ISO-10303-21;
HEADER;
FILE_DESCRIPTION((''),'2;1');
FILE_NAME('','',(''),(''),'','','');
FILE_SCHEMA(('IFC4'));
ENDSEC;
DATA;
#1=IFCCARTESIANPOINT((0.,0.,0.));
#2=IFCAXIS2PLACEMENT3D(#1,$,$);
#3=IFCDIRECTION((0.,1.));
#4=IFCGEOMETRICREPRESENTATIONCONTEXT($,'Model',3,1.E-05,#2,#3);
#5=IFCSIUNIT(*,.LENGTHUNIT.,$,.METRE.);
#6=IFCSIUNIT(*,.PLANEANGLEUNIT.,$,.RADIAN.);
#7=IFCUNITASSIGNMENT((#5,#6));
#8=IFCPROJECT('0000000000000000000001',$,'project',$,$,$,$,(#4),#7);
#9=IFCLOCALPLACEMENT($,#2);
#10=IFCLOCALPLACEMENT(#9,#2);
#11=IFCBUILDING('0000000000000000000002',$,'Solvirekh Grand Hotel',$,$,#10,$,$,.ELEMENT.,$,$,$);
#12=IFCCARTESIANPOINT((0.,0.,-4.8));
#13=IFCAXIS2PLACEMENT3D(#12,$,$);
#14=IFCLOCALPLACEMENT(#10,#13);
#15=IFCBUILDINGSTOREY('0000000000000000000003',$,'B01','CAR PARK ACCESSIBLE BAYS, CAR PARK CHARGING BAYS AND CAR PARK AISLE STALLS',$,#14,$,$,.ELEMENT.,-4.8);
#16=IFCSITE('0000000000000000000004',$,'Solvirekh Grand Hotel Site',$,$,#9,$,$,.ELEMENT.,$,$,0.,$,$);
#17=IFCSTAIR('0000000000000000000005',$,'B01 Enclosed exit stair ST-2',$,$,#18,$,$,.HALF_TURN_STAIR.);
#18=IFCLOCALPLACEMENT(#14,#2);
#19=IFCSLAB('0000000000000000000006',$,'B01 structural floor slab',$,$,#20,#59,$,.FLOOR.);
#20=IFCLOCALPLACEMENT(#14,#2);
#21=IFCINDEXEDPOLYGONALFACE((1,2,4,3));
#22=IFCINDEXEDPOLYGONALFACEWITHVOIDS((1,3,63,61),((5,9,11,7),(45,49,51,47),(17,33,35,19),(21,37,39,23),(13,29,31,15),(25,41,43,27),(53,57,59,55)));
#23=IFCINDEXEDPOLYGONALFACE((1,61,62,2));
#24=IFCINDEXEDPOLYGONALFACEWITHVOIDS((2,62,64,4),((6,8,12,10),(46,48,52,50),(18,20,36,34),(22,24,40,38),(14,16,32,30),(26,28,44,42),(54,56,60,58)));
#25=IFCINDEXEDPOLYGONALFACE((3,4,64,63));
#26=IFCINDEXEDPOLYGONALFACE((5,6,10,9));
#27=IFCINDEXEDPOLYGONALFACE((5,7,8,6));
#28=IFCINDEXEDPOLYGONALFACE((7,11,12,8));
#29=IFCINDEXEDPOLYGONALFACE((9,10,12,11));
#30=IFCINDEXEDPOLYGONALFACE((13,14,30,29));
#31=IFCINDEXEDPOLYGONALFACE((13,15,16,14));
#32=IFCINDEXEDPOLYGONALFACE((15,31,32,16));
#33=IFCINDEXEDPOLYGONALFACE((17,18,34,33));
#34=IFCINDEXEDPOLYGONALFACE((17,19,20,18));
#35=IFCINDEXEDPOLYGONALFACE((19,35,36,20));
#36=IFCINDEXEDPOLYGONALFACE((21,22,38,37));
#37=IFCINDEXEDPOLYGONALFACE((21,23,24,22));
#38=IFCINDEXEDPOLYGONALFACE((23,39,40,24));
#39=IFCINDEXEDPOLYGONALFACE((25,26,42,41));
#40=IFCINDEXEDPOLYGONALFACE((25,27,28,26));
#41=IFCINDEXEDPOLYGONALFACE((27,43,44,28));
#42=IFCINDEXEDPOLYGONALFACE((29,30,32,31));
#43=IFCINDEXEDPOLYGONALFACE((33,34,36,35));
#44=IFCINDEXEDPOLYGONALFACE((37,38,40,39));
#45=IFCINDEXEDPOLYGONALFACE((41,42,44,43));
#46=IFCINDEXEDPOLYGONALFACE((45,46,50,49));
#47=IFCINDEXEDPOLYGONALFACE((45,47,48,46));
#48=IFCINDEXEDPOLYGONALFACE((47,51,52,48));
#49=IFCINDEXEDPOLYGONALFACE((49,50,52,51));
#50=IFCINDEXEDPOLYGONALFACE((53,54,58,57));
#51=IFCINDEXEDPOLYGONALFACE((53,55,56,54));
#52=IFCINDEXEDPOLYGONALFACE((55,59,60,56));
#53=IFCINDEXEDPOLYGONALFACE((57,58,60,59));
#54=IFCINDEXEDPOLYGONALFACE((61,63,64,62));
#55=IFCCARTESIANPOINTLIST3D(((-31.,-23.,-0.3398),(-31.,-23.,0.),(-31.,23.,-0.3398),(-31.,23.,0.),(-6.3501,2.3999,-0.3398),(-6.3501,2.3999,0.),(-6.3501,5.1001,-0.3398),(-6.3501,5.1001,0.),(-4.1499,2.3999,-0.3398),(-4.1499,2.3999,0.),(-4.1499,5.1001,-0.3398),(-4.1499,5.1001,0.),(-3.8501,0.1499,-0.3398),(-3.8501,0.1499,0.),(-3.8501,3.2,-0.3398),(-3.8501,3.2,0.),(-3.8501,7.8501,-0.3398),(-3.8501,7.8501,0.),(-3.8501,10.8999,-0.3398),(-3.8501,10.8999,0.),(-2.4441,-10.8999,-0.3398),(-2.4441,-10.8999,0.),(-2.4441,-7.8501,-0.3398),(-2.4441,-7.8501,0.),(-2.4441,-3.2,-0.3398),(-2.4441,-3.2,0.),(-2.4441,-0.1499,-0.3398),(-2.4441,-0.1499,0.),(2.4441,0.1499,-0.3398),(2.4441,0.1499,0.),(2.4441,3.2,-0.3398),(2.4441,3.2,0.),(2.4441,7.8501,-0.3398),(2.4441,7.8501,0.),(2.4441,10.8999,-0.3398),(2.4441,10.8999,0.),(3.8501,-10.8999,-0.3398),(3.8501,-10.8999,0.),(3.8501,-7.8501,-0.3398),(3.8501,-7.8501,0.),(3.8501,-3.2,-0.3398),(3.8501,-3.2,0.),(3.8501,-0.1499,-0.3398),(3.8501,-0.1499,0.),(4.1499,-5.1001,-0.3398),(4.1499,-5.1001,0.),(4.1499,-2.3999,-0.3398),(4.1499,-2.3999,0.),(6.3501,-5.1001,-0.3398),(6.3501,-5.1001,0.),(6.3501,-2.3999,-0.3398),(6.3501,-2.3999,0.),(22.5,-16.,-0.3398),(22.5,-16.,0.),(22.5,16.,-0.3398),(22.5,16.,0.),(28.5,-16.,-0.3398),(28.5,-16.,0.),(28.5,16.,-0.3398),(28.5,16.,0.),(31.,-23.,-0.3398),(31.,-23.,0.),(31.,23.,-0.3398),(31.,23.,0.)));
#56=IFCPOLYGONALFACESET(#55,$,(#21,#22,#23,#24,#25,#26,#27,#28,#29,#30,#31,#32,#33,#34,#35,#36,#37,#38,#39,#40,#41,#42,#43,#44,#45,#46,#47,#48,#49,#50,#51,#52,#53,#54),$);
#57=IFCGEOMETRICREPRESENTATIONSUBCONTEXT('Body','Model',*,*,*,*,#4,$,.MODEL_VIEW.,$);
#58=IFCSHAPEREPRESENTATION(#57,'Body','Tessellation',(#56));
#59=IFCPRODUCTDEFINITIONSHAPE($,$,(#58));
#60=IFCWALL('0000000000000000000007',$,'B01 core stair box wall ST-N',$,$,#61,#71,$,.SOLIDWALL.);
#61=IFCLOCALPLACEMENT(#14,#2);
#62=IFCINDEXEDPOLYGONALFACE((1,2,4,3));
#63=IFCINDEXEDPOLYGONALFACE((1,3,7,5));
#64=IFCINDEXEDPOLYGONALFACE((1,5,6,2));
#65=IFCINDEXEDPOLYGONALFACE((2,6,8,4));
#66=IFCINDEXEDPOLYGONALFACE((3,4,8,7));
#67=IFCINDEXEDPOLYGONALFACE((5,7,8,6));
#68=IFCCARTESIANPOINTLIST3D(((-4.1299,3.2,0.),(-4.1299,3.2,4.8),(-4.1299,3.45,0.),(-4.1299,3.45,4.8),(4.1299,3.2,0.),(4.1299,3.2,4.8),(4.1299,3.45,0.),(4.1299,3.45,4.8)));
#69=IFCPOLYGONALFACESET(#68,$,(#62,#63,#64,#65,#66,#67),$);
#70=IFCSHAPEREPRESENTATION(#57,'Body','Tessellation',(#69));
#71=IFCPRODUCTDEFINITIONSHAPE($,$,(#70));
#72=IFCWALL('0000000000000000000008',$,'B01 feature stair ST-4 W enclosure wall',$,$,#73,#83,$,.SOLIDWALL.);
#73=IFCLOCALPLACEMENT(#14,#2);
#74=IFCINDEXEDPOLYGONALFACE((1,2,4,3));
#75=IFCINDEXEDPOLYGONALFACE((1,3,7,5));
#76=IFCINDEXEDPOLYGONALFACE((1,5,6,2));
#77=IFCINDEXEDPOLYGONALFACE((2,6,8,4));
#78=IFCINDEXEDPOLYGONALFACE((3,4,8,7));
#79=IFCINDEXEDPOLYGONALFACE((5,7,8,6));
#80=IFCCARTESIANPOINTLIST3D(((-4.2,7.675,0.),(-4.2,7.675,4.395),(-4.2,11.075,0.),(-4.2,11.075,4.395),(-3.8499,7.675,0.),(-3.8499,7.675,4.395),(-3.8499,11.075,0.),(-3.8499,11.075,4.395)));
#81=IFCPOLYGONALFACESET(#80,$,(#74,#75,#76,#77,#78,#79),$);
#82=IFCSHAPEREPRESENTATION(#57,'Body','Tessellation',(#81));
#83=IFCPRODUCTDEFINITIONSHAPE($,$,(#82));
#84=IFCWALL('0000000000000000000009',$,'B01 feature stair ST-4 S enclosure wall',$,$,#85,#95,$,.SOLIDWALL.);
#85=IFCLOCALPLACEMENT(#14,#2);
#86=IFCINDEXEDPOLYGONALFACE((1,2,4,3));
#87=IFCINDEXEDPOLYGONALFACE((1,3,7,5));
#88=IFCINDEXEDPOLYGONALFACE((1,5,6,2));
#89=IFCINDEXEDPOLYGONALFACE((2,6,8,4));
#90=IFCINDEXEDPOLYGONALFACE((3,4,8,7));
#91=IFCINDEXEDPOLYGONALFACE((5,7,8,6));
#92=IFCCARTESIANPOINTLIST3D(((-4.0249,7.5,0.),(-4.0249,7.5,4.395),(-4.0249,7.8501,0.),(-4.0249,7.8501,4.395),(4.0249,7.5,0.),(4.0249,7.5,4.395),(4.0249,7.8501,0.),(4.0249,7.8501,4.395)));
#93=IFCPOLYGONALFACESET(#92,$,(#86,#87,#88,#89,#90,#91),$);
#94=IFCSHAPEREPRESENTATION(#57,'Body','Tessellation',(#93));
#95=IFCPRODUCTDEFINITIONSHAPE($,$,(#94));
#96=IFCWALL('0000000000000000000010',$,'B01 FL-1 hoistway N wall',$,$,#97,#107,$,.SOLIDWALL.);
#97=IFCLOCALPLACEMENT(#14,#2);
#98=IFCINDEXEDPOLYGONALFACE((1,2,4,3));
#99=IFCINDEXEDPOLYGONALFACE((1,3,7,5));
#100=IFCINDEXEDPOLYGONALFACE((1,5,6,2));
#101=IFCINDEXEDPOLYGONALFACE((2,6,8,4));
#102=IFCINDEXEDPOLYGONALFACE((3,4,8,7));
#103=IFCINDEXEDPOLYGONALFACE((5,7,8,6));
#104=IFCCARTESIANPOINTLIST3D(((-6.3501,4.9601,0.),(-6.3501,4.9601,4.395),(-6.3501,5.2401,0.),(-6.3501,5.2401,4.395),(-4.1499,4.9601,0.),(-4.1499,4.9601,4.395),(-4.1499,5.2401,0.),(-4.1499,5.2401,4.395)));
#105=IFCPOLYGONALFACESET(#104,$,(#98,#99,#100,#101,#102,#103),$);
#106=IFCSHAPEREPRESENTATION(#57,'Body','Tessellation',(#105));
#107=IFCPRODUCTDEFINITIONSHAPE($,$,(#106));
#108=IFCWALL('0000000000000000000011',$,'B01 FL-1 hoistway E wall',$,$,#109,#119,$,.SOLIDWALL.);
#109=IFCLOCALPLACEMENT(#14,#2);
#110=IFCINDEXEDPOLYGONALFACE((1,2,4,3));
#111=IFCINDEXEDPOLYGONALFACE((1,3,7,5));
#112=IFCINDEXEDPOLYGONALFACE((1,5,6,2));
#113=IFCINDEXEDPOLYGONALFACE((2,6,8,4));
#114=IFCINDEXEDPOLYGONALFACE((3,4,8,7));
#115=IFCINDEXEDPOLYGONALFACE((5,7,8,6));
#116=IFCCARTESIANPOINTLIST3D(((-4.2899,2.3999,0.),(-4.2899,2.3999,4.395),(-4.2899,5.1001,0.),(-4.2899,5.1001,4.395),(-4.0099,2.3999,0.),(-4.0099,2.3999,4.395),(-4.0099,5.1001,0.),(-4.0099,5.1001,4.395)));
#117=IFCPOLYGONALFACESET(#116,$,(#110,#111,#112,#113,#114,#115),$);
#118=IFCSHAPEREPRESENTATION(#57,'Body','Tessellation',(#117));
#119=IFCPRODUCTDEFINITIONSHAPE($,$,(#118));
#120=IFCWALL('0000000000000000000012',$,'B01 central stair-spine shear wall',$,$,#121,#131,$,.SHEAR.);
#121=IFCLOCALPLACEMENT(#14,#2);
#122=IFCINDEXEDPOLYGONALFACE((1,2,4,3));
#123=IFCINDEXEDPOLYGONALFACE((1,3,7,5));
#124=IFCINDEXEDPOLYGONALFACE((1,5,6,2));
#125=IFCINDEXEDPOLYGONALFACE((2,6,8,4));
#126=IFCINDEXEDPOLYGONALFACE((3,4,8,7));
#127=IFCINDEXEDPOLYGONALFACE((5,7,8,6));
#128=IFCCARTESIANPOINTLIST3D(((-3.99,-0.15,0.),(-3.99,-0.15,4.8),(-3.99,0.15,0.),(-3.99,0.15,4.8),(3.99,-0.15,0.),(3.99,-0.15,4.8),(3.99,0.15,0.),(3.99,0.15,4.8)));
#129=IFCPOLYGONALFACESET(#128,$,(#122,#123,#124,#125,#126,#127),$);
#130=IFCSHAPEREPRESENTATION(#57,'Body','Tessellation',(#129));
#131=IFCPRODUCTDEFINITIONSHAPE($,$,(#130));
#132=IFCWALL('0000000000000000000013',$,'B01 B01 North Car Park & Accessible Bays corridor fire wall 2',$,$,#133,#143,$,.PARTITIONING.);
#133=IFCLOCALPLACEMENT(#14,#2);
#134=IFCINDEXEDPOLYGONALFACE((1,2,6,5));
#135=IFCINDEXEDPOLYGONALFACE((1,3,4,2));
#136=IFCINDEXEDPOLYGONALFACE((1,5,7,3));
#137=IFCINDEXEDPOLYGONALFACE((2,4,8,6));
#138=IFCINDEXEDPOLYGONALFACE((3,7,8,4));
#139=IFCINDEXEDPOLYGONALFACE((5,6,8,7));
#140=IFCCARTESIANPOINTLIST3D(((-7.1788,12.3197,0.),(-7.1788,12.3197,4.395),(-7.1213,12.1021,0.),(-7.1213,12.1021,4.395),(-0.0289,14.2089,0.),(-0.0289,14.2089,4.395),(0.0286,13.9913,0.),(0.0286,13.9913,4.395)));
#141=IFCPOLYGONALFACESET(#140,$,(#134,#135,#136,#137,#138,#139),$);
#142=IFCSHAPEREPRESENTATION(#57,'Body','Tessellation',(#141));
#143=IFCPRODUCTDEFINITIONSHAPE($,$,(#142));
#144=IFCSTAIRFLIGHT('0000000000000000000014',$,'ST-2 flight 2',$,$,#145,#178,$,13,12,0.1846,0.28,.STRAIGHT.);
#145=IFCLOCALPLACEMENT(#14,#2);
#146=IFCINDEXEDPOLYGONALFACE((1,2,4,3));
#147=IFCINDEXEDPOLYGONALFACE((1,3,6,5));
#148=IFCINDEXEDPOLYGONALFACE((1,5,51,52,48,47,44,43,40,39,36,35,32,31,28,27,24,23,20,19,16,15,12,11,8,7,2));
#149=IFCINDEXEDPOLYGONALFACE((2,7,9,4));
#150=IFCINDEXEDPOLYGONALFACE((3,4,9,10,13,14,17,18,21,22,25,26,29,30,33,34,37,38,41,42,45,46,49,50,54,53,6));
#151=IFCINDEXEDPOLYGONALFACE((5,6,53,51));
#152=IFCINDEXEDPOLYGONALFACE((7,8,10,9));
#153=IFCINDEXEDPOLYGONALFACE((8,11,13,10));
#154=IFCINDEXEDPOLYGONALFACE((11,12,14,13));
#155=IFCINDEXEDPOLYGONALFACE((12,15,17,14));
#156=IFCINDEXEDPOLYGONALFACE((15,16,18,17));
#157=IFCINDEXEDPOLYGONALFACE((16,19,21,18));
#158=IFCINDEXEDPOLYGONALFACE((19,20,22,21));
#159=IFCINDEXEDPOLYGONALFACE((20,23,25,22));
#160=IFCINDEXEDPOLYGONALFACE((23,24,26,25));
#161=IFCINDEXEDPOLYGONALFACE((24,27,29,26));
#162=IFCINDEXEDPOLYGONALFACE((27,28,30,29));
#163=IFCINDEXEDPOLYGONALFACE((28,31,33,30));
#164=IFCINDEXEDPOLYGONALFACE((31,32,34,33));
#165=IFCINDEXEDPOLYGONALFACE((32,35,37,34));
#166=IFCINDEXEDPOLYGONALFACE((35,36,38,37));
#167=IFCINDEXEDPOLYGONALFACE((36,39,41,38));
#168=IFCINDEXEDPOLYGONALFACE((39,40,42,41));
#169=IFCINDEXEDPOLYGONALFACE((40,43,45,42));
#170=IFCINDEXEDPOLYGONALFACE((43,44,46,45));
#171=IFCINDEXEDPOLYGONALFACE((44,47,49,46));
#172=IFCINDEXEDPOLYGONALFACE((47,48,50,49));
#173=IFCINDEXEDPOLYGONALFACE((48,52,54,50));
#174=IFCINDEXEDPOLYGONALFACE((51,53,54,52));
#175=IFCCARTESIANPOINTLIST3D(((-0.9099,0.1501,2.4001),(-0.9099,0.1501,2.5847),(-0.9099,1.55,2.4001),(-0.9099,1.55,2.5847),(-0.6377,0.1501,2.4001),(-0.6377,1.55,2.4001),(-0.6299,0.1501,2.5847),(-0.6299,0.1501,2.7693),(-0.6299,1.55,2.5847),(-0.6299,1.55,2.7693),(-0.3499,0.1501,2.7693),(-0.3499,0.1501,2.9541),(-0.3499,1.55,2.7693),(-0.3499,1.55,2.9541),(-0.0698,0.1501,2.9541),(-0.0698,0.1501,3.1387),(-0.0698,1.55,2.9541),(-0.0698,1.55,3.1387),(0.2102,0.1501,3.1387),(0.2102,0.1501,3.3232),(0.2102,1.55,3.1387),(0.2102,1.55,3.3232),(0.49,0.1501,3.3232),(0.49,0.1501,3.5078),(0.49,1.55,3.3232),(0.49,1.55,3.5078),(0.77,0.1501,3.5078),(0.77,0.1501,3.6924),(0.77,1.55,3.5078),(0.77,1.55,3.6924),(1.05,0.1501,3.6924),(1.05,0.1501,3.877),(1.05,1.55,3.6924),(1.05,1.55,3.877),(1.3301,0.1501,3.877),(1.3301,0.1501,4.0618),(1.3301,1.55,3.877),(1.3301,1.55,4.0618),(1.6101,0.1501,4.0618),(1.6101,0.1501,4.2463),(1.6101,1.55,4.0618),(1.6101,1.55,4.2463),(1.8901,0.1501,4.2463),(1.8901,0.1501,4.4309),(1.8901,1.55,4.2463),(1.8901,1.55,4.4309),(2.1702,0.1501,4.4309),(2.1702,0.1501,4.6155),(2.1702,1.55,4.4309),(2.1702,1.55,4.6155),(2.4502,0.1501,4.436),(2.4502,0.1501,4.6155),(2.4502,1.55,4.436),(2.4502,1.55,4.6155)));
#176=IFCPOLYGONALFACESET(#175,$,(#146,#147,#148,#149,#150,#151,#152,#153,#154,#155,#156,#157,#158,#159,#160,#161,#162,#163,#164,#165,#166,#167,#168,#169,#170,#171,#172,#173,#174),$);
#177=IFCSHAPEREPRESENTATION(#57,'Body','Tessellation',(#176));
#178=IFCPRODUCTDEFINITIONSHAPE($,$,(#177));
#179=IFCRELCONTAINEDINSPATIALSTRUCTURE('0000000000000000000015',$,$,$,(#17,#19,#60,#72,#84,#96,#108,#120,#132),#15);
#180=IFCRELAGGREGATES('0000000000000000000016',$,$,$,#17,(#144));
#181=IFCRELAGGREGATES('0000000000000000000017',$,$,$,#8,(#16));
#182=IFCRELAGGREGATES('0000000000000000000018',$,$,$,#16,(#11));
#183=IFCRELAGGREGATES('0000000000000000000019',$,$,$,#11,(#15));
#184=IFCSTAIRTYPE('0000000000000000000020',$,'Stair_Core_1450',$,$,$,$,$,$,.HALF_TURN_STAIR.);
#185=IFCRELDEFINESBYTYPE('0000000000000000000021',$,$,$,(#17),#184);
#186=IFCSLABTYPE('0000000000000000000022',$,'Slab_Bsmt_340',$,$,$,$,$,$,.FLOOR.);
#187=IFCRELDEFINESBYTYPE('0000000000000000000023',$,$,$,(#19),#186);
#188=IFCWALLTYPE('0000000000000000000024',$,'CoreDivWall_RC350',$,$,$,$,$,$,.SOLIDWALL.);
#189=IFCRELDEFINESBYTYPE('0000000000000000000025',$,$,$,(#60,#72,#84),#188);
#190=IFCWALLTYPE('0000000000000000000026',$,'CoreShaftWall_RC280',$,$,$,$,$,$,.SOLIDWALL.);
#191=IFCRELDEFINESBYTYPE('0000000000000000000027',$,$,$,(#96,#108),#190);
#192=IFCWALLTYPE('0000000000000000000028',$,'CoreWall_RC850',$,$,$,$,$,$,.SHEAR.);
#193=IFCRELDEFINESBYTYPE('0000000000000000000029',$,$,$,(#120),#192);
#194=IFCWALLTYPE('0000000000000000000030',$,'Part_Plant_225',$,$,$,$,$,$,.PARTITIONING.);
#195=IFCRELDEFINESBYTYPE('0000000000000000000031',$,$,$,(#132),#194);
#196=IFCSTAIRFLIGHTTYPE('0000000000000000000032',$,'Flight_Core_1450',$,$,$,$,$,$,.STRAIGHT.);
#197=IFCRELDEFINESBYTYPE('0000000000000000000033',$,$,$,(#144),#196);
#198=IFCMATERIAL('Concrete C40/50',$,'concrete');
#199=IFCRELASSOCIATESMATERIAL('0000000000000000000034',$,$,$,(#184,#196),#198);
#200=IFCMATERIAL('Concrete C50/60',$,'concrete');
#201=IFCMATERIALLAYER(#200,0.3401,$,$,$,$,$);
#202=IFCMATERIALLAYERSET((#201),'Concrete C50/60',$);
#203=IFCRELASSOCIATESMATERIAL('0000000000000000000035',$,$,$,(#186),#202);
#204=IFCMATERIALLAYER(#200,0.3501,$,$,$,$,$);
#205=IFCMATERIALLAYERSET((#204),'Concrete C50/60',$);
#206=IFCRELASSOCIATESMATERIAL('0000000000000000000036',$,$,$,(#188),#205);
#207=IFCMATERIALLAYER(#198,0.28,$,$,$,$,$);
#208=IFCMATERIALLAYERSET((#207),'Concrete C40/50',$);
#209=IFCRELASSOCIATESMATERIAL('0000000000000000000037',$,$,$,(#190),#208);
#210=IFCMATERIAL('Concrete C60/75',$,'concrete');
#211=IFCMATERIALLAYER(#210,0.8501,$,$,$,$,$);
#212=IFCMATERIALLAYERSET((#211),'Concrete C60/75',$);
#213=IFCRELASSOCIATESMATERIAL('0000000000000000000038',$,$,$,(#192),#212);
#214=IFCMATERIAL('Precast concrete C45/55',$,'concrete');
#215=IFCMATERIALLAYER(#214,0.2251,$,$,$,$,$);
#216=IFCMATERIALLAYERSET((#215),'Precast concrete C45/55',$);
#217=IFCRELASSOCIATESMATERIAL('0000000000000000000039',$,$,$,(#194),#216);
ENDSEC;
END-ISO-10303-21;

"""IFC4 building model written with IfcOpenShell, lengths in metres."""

from ifc_helpers import new_model, si_unit, direction, frame, frame_2d, origin, place, context, subcontext, project, spatial, polyline, rectangle, outline, extrude, material, layer, layer_set, type_object, element, aggregate, save


model = new_model("IFC4")

# Units and contexts
model_context = context("Model", 3, precision=1e-05, world=origin(), true_north=direction((0.0, 1.0)))
body_context = subcontext(model_context, "Body", "Model", "MODEL_VIEW")
ifc_project = project(units=[si_unit("LENGTHUNIT", "METRE"), si_unit("PLANEANGLEUNIT", "RADIAN")], contexts=[model_context])

# Site, building, storey
site_placement = place(None, origin())
site = spatial("IfcSite", under=ifc_project, at=site_placement, Name="Solvirekh Grand Hotel Site", CompositionType="ELEMENT", RefElevation=0.0)
building_placement = place(site_placement, origin())
building = spatial("IfcBuilding", under=site, at=building_placement, Name="Solvirekh Grand Hotel", CompositionType="ELEMENT")
storey_placement = place(building_placement, frame((0.0, 0.0, -4.8)))
storey = spatial("IfcBuildingStorey", under=building, at=storey_placement, Name="B01", Description="CAR PARK ACCESSIBLE BAYS, CAR PARK CHARGING BAYS AND CAR PARK AISLE STALLS", CompositionType="ELEMENT", Elevation=-4.8)

# Shared definitions
ifc_material_1 = material(Name="Concrete C60/75", Category="concrete")

# Stair
ifc_material_2 = material(Name="Concrete C40/50", Category="concrete")
stair_type_1 = type_object("IfcStairType", Name="Stair_Core_1450", PredefinedType="HALF_TURN_STAIR", material=ifc_material_2)
stair_1_placement = place(storey_placement, origin())
stair_1 = element("IfcStair", 1, at=stair_1_placement, inside=storey, type_object=stair_type_1, Name="B01 Enclosed exit stair ST-2", PredefinedType="HALF_TURN_STAIR")

# Slab
ifc_material_3 = material(Name="Concrete C50/60", Category="concrete")
ifc_layer_1 = layer(ifc_material_3, 0.3401)
ifc_layer_set_1 = layer_set([ifc_layer_1], Name="Concrete C50/60")
slab_type_1 = type_object("IfcSlabType", Name="Slab_Bsmt_340", PredefinedType="FLOOR", material=ifc_layer_set_1)
slab_1_placement = place(storey_placement, frame((0.0, 0.0, -0.3398)))
element("IfcSlab", 2, at=slab_1_placement, inside=storey, type_object=slab_type_1, Name="B01 structural floor slab", PredefinedType="FLOOR", context=body_context, shape_type="SweptSolid", body=[
    extrude(outline(polyline([(-31.0, -23.0), (31.0, -23.0), (31.0, 23.0), (-31.0, 23.0), (-31.0, -23.0)]), holes=[polyline([(-2.4441, -0.1499), (3.8501, -0.1499), (3.8501, -3.2), (-2.4441, -3.2), (-2.4441, -0.1499)]), polyline([(2.4441, 0.1499), (-3.8501, 0.1499), (-3.8501, 3.2), (2.4441, 3.2), (2.4441, 0.1499)]), polyline([(-2.4441, -7.8501), (3.8501, -7.8501), (3.8501, -10.8999), (-2.4441, -10.8999), (-2.4441, -7.8501)]), polyline([(2.4441, 7.8501), (-3.8501, 7.8501), (-3.8501, 10.8999), (2.4441, 10.8999), (2.4441, 7.8501)]), polyline([(-6.3501, 5.1001), (-4.1499, 5.1001), (-4.1499, 2.3999), (-6.3501, 2.3999), (-6.3501, 5.1001)]), polyline([(4.1499, -2.3999), (6.3501, -2.3999), (6.3501, -5.1001), (4.1499, -5.1001), (4.1499, -2.3999)]), polyline([(22.5, 16.0), (28.5, 16.0), (28.5, -16.0), (22.5, -16.0), (22.5, 16.0)])]), origin(), (0.0, 0.0, 1.0), 0.3398),
])

# Walls
ifc_layer_2 = layer(ifc_material_3, 0.3501)
ifc_layer_set_2 = layer_set([ifc_layer_2], Name="Concrete C50/60")
wall_type_1 = type_object("IfcWallType", Name="CoreDivWall_RC350", PredefinedType="SOLIDWALL", material=ifc_layer_set_2)
wall_1_placement = place(storey_placement, frame((-4.1299, 3.325, 0.0), z_axis=(0.0, 0.0, 1.0), x_axis=(1.0, 0.0, 0.0)))
element("IfcWall", 3, at=wall_1_placement, inside=storey, type_object=wall_type_1, Name="B01 core stair box wall ST-N", PredefinedType="SOLIDWALL", context=body_context, shape_type="SweptSolid", body=[
    extrude(rectangle(XDim=8.2598, YDim=0.25, at=frame_2d((4.1299, 0.0))), origin(), (0.0, 0.0, 1.0), 4.8),
])
wall_2_placement = place(storey_placement, frame((-4.0249, 11.075, 0.0), z_axis=(0.0, 0.0, 1.0), x_axis=(0.0, -1.0, 0.0)))
element("IfcWall", 4, at=wall_2_placement, inside=storey, type_object=wall_type_1, Name="B01 feature stair ST-4 W enclosure wall", PredefinedType="SOLIDWALL", context=body_context, shape_type="SweptSolid", body=[
    extrude(rectangle(XDim=3.3999, YDim=0.3501, at=frame_2d((1.7, 0.0))), origin(), (0.0, 0.0, 1.0), 4.395),
])
wall_3_placement = place(storey_placement, frame((-4.0249, 7.675, 0.0), z_axis=(0.0, 0.0, 1.0), x_axis=(1.0, 0.0, 0.0)))
element("IfcWall", 5, at=wall_3_placement, inside=storey, type_object=wall_type_1, Name="B01 feature stair ST-4 S enclosure wall", PredefinedType="SOLIDWALL", context=body_context, shape_type="SweptSolid", body=[
    extrude(rectangle(XDim=8.0498, YDim=0.3501, at=frame_2d((4.0249, 0.0))), origin(), (0.0, 0.0, 1.0), 4.395),
])
ifc_layer_3 = layer(ifc_material_2, 0.28)
ifc_layer_set_3 = layer_set([ifc_layer_3], Name="Concrete C40/50")
wall_type_2 = type_object("IfcWallType", Name="CoreShaftWall_RC280", PredefinedType="SOLIDWALL", material=ifc_layer_set_3)
wall_4_placement = place(storey_placement, frame((-4.1499, 5.1001, 0.0), z_axis=(0.0, 0.0, 1.0), x_axis=(-1.0, 0.0, 0.0)))
element("IfcWall", 6, at=wall_4_placement, inside=storey, type_object=wall_type_2, Name="B01 FL-1 hoistway N wall", PredefinedType="SOLIDWALL", context=body_context, shape_type="SweptSolid", body=[
    extrude(rectangle(XDim=2.2002, YDim=0.28, at=frame_2d((1.1001, 0.0))), origin(), (0.0, 0.0, 1.0), 4.395),
])
wall_5_placement = place(storey_placement, frame((-4.1499, 2.3999, 0.0), z_axis=(0.0, 0.0, 1.0), x_axis=(0.0, 1.0, 0.0)))
element("IfcWall", 7, at=wall_5_placement, inside=storey, type_object=wall_type_2, Name="B01 FL-1 hoistway E wall", PredefinedType="SOLIDWALL", context=body_context, shape_type="SweptSolid", body=[
    extrude(rectangle(XDim=2.7002, YDim=0.28, at=frame_2d((1.3501, 0.0))), origin(), (0.0, 0.0, 1.0), 4.395),
])
ifc_layer_4 = layer(ifc_material_1, 0.8501)
ifc_layer_set_4 = layer_set([ifc_layer_4], Name="Concrete C60/75")
wall_type_3 = type_object("IfcWallType", Name="CoreWall_RC850", PredefinedType="SHEAR", material=ifc_layer_set_4)
wall_6_placement = place(storey_placement, frame((-3.99, 0.0, 0.0), z_axis=(0.0, 0.0, 1.0), x_axis=(1.0, 0.0, 0.0)))
element("IfcWall", 8, at=wall_6_placement, inside=storey, type_object=wall_type_3, Name="B01 central stair-spine shear wall", PredefinedType="SHEAR", context=body_context, shape_type="SweptSolid", body=[
    extrude(rectangle(XDim=7.98, YDim=0.3, at=frame_2d((3.99, 0.0))), origin(), (0.0, 0.0, 1.0), 4.8),
])
ifc_material_4 = material(Name="Precast concrete C45/55", Category="concrete")
ifc_layer_5 = layer(ifc_material_4, 0.2251)
ifc_layer_set_5 = layer_set([ifc_layer_5], Name="Precast concrete C45/55")
wall_type_4 = type_object("IfcWallType", Name="Part_Plant_225", PredefinedType="PARTITIONING", material=ifc_layer_set_5)
wall_7_placement = place(storey_placement, frame((0.0, 14.1001, 0.0), z_axis=(0.0, 0.0, 1.0), x_axis=(-0.966821, -0.255455, 0.0)))
element("IfcWall", 9, at=wall_7_placement, inside=storey, type_object=wall_type_4, Name="B01 B01 North Car Park & Accessible Bays corridor fire wall 2", PredefinedType="PARTITIONING", context=body_context, shape_type="SweptSolid", body=[
    extrude(rectangle(XDim=7.3953, YDim=0.2251, at=frame_2d((3.6978, 0.0))), origin(), (0.0, 0.0, 1.0), 4.395),
])

# Stair flight
stair_flight_type_1 = type_object("IfcStairFlightType", Name="Flight_Core_1450", PredefinedType="STRAIGHT", material=ifc_material_2)
stair_flight_1_placement = place(storey_placement, frame((-0.9099, 0.8501, 2.4001), z_axis=(0.0, 0.0, 1.0), x_axis=(1.0, 0.0, 0.0)))
stair_flight_1 = element("IfcStairFlight", 10, at=stair_flight_1_placement, type_object=stair_flight_type_1, Name="ST-2 flight 2", NumberOfRisers=13, NumberOfTreads=12, PredefinedType="STRAIGHT", RiserHeight=0.1846, TreadLength=0.28, context=body_context, shape_type="SweptSolid", body=[
    extrude(outline(polyline([(0.0, 0.0), (0.0, 0.1846), (0.28, 0.1846), (0.28, 0.3691), (0.5601, 0.3691), (0.5601, 0.554), (0.8401, 0.554), (0.8401, 0.7385), (1.1201, 0.7385), (1.1201, 0.9231), (1.3999, 0.9231), (1.3999, 1.1077), (1.6799, 1.1077), (1.6799, 1.2922), (1.96, 1.2922), (1.96, 1.4768), (2.24, 1.4768), (2.24, 1.6616), (2.52, 1.6616), (2.52, 1.8462), (2.8, 1.8462), (2.8, 2.0308), (3.0801, 2.0308), (3.0801, 2.2153), (3.3601, 2.2153), (3.3601, 2.3999), (3.3601, 2.0359), (0.2722, 0.0), (0.0, 0.0)])), frame((0.0, 0.7, 0.0), z_axis=(0.0, -1.0, 0.0), x_axis=(1.0, 0.0, 0.0)), (0.0, 0.0, 1.0), 1.3999),
])
aggregate(stair_1, [stair_flight_1])

save(model, "model.ifc")
